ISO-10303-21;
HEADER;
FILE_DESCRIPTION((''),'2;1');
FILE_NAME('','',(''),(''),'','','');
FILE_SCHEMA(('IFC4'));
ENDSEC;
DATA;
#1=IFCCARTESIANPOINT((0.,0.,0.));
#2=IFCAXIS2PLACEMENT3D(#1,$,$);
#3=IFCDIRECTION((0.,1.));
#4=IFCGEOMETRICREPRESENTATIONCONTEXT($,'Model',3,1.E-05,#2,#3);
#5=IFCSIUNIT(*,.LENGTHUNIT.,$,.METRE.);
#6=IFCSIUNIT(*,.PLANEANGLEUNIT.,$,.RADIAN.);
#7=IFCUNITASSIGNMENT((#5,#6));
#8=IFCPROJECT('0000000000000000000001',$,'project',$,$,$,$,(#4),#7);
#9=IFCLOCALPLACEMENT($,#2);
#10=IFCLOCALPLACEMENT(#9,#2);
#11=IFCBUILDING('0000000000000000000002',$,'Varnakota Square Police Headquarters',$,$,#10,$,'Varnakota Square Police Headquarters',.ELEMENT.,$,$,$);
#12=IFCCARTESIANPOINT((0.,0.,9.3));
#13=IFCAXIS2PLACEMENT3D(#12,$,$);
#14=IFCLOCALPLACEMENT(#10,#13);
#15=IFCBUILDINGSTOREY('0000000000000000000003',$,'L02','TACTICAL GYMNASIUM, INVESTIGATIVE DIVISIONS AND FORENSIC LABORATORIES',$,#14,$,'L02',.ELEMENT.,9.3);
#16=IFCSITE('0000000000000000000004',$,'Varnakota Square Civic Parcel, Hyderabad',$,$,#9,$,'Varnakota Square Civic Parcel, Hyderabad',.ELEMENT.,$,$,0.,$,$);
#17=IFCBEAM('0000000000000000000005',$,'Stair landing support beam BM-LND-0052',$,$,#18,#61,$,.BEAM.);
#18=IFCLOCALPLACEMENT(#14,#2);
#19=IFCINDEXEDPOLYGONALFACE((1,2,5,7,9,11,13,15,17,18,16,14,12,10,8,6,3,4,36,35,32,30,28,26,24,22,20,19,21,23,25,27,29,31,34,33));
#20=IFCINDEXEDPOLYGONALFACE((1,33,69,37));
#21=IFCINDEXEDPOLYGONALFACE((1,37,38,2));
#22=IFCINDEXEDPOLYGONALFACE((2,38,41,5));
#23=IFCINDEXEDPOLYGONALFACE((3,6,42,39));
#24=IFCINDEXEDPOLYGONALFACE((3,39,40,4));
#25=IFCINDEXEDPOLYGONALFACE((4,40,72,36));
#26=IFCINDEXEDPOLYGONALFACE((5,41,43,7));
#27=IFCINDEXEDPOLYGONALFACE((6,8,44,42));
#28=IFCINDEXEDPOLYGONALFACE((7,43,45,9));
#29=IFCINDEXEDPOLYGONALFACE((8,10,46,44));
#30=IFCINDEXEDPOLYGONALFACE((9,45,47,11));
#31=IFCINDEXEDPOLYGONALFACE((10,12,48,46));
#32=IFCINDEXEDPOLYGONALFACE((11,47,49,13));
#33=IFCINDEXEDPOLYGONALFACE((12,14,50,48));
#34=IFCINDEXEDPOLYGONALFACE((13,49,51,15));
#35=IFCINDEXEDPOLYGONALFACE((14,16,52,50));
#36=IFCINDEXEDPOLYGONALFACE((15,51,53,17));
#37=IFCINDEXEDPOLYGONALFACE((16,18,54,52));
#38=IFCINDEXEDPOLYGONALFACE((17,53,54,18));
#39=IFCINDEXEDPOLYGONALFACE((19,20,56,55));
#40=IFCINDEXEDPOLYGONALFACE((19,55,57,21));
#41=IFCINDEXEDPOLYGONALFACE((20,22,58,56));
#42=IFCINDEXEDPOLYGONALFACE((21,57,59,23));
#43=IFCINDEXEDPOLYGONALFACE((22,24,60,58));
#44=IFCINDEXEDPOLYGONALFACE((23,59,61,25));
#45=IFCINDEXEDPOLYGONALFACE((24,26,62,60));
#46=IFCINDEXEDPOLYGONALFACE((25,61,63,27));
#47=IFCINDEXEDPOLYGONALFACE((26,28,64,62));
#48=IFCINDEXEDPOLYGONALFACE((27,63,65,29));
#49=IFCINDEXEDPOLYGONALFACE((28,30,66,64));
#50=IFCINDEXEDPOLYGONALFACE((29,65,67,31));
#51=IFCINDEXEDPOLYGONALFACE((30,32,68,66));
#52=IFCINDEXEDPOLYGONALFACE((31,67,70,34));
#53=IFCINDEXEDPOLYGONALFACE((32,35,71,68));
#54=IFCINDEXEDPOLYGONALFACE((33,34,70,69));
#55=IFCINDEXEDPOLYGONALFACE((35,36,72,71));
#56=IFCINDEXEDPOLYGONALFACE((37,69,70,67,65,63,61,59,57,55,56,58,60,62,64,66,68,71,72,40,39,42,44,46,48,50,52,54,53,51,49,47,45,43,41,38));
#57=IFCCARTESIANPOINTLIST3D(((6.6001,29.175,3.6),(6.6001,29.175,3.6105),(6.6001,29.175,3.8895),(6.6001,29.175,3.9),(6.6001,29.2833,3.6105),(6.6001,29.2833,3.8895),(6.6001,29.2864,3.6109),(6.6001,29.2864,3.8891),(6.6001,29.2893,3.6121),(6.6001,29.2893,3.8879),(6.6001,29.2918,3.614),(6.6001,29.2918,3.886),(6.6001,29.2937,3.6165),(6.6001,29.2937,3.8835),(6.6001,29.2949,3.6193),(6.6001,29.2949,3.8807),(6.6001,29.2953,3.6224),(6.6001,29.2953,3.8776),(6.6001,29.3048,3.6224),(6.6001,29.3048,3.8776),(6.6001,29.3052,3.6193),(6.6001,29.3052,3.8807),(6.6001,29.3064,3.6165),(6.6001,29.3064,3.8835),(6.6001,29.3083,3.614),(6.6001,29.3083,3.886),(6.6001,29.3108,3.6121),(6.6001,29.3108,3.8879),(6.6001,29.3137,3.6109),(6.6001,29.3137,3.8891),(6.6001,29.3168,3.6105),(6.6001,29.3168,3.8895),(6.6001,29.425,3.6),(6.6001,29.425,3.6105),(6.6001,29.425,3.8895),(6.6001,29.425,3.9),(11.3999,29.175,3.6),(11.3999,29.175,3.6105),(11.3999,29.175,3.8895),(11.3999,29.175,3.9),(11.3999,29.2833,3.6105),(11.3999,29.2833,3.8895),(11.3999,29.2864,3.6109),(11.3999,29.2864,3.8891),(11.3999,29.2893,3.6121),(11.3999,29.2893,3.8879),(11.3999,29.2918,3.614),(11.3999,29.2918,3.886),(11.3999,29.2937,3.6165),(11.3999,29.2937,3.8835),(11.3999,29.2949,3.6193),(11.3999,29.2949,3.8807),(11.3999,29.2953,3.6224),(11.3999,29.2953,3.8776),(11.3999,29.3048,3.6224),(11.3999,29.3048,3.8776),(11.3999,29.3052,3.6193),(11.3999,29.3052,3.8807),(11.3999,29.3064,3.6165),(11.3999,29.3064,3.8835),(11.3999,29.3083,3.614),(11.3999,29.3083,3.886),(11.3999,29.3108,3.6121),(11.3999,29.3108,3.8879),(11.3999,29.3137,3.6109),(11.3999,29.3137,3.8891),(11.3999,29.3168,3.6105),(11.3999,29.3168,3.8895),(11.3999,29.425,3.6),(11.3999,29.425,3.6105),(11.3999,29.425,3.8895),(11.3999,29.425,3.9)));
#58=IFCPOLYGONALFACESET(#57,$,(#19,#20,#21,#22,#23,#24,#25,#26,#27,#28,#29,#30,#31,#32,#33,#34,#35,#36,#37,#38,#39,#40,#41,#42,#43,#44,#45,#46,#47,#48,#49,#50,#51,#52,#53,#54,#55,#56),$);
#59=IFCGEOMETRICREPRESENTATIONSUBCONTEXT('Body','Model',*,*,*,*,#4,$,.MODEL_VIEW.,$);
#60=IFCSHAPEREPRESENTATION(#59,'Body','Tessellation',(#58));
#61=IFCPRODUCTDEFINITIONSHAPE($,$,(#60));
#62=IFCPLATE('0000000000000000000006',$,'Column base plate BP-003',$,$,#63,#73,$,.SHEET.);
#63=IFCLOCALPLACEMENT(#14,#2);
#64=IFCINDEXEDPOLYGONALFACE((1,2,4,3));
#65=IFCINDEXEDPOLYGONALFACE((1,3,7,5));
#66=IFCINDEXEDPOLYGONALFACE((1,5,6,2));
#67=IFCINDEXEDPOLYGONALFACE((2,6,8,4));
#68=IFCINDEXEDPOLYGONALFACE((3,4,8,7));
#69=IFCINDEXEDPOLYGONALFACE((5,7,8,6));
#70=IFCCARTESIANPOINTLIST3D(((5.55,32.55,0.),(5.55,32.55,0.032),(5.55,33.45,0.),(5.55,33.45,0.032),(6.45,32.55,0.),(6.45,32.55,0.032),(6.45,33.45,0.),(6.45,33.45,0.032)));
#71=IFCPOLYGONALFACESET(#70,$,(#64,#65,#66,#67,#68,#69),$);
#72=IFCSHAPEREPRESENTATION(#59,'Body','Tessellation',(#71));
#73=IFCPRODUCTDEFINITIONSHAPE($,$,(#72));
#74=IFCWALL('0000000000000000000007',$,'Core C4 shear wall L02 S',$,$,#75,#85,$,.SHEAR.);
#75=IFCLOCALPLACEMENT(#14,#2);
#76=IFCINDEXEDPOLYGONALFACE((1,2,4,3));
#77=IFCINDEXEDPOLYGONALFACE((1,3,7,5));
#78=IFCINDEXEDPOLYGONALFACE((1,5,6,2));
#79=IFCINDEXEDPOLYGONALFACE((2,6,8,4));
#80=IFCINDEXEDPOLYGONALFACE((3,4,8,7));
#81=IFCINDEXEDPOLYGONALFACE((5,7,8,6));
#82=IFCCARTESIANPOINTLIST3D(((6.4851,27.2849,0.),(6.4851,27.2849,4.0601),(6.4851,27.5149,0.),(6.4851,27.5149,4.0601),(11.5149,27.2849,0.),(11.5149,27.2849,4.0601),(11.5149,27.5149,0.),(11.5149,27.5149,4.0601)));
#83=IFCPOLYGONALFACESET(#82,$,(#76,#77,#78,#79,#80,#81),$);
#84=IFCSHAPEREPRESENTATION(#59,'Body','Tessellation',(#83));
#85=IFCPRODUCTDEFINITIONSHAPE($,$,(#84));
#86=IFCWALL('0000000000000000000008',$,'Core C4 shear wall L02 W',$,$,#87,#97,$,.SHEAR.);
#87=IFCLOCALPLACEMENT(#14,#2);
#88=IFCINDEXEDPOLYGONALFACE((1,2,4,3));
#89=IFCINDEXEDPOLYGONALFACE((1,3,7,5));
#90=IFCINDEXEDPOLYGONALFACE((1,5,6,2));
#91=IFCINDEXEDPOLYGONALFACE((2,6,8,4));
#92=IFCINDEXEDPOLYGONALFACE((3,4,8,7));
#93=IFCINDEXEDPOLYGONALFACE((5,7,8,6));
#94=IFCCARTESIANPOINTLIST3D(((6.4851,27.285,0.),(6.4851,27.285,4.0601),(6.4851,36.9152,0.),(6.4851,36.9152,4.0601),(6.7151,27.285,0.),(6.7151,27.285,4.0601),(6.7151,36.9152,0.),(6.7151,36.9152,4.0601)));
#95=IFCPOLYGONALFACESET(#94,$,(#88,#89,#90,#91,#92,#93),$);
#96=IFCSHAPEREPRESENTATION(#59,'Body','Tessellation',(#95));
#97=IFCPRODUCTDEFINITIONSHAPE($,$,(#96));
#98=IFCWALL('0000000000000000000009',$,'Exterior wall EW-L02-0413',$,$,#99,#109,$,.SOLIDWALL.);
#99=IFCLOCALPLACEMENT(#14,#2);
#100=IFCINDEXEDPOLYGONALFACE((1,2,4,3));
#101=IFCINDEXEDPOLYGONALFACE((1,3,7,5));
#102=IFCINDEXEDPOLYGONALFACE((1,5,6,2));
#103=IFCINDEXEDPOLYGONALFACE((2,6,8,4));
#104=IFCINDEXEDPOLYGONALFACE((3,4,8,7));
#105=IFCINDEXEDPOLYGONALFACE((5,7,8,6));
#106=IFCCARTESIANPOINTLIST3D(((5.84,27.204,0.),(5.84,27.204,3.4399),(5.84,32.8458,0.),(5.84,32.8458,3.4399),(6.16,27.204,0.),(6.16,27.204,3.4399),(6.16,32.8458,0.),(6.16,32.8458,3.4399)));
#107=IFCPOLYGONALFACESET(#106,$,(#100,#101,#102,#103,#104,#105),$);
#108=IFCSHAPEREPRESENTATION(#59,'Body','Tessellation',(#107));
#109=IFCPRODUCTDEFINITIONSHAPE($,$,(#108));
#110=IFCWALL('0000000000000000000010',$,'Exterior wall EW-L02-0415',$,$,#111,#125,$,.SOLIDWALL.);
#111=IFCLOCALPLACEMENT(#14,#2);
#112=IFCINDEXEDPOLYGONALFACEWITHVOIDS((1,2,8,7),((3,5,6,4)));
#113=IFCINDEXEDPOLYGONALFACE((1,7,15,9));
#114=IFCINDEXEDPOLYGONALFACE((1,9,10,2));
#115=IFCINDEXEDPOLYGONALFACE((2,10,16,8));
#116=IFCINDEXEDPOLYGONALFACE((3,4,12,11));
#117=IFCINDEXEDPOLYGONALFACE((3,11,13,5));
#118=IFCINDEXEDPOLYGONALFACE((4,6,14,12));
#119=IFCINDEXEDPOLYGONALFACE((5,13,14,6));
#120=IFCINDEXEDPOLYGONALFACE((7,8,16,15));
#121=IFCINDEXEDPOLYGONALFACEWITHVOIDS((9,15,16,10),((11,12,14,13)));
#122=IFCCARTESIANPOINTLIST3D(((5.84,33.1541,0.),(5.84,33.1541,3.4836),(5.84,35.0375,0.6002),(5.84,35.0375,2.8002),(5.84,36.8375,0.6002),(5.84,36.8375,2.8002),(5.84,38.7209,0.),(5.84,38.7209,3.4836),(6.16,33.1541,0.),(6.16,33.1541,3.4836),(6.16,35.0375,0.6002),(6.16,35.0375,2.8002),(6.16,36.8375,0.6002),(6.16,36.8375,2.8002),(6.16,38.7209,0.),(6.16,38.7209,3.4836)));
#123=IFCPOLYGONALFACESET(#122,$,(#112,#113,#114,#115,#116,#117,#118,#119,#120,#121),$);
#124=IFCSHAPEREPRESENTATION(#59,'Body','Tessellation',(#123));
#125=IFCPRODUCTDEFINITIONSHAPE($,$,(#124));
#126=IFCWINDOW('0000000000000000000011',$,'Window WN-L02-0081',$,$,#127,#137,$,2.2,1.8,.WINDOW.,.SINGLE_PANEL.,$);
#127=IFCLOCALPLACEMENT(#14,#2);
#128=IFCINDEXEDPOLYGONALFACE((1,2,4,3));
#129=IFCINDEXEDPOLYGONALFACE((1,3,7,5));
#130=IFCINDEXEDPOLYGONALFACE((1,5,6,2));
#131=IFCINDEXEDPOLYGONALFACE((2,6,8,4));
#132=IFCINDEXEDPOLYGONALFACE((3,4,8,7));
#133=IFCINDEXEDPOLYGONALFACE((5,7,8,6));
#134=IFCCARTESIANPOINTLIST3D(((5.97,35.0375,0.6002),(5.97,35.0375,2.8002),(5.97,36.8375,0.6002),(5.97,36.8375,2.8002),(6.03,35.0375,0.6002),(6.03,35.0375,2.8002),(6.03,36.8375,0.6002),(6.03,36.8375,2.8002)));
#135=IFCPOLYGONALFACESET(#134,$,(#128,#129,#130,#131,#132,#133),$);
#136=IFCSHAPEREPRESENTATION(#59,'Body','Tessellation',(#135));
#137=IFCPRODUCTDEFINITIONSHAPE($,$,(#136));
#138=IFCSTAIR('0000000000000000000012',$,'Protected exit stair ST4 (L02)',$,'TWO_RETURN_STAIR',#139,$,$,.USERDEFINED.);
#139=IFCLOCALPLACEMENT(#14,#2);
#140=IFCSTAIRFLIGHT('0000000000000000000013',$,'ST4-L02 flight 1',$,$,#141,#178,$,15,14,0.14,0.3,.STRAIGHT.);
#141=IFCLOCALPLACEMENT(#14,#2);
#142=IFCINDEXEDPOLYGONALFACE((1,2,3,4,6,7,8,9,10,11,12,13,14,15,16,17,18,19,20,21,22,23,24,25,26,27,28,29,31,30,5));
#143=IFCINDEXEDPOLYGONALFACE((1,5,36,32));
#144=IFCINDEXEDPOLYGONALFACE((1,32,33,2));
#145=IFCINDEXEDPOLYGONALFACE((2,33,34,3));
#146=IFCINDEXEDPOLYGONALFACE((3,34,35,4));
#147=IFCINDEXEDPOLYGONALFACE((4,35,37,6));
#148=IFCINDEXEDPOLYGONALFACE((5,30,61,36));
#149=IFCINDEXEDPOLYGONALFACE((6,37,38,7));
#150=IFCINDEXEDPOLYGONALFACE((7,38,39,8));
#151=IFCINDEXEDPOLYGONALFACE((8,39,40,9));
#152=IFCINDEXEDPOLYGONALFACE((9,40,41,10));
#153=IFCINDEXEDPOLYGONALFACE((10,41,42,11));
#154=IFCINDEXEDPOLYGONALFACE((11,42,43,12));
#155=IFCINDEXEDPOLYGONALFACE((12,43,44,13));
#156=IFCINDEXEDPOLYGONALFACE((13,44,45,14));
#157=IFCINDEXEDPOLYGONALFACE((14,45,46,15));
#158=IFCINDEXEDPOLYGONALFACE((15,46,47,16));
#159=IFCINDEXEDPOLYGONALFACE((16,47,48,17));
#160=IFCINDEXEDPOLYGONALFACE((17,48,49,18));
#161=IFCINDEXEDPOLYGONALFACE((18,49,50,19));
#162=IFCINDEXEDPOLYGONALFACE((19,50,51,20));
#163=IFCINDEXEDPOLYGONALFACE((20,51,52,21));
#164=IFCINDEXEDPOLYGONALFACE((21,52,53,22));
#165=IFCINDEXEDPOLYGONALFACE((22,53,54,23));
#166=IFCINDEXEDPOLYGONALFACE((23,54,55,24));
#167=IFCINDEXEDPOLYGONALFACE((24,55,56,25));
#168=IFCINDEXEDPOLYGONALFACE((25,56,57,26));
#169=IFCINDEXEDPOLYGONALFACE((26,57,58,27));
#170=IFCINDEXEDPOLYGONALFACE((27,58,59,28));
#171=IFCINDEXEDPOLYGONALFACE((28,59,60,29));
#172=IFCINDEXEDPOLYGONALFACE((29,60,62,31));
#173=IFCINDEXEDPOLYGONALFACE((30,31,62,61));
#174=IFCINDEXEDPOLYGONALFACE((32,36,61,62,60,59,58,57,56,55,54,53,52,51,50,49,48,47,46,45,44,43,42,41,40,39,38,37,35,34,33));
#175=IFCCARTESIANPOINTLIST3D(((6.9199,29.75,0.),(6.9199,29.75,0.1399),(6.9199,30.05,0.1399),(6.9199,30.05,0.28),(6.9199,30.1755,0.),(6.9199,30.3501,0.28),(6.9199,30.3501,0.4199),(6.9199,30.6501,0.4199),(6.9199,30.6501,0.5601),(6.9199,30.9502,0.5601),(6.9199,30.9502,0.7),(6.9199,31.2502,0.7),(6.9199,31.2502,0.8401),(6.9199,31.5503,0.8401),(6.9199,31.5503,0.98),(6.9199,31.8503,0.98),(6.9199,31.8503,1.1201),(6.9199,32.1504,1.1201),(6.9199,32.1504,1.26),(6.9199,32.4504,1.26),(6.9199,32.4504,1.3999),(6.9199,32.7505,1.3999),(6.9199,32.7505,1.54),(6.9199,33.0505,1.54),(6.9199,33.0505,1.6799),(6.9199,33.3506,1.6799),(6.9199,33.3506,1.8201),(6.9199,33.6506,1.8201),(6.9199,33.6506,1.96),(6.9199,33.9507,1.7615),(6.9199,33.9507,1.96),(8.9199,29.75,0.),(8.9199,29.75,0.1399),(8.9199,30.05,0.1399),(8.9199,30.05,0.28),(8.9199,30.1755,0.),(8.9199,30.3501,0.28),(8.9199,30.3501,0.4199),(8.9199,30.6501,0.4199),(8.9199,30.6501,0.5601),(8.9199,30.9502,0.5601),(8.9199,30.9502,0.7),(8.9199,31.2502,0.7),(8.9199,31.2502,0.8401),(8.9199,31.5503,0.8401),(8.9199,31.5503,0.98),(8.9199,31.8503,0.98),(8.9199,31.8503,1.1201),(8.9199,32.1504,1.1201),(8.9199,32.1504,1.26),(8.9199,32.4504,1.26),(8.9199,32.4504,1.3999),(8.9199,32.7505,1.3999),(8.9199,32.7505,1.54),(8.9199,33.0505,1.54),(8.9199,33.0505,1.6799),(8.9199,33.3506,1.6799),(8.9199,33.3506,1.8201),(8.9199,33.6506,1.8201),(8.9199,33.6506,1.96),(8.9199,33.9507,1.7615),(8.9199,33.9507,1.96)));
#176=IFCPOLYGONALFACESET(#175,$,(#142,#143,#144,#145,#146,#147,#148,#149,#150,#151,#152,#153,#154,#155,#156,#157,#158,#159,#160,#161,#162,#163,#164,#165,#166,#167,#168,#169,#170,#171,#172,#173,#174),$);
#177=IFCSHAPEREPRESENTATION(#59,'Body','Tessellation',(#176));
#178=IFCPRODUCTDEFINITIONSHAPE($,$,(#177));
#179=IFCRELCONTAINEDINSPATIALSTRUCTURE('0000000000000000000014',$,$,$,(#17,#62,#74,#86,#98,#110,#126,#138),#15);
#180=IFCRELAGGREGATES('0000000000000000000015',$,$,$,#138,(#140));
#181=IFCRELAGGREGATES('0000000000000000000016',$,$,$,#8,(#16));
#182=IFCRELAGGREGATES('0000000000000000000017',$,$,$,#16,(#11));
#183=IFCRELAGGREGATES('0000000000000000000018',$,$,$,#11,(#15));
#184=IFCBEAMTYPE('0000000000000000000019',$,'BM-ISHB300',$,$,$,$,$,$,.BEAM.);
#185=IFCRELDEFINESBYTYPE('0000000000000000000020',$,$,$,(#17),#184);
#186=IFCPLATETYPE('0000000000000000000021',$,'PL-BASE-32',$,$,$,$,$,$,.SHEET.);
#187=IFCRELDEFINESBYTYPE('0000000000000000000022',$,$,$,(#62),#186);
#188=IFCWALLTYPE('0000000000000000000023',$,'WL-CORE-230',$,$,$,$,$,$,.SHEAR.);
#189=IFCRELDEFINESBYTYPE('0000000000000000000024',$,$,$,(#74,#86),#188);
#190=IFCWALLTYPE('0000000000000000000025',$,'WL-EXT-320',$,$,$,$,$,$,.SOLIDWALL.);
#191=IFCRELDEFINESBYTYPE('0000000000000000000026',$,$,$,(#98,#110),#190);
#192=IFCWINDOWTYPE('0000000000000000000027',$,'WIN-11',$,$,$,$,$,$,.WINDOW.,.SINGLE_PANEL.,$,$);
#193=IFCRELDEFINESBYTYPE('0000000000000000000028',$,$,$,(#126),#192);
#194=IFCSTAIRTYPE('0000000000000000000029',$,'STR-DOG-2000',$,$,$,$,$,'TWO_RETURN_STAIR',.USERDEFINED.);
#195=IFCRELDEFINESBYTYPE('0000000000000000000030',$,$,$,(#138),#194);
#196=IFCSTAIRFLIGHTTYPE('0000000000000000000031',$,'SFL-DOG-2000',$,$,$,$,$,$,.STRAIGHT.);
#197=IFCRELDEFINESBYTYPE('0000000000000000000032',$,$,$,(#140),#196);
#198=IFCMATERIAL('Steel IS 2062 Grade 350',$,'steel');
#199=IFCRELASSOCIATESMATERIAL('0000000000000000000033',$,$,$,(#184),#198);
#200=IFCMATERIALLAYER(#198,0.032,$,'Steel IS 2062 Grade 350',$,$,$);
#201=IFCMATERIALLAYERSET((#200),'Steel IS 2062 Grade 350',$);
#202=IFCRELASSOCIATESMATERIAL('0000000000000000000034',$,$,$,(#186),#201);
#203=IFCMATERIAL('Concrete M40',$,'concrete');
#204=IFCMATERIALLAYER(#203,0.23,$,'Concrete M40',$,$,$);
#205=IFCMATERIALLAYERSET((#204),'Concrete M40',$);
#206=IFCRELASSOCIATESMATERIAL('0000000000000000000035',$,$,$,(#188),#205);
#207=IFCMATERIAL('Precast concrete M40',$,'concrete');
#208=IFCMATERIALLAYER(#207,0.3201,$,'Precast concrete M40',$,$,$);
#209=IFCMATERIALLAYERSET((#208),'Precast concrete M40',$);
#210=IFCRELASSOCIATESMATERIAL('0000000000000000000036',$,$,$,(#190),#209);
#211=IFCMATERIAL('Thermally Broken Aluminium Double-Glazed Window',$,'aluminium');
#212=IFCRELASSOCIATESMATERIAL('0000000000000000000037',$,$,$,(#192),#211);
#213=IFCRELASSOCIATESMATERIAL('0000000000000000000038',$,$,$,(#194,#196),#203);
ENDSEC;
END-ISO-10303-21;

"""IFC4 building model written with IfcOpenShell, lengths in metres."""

from ifc_helpers import new_model, si_unit, direction, frame, frame_2d, origin, origin_2d, place, context, subcontext, project, spatial, polyline, rectangle, i_section, outline, extrude, material, layer, layer_set, material_profile, profile_set, type_object, element, fill, aggregate, save


model = new_model("IFC4")

# Units and contexts
model_context = context("Model", 3, precision=1e-05, world=origin(), true_north=direction((0.0, 1.0)))
body_context = subcontext(model_context, "Body", "Model", "MODEL_VIEW")
ifc_project = project(units=[si_unit("LENGTHUNIT", "METRE"), si_unit("PLANEANGLEUNIT", "RADIAN")], contexts=[model_context])

# Site, building, storey
site_placement = place(None, origin())
site = spatial("IfcSite", under=ifc_project, at=site_placement, Name="Varnakota Square Civic Parcel, Hyderabad", LongName="Varnakota Square Civic Parcel, Hyderabad", CompositionType="ELEMENT", RefElevation=0.0)
building_placement = place(site_placement, origin())
building = spatial("IfcBuilding", under=site, at=building_placement, Name="Varnakota Square Police Headquarters", LongName="Varnakota Square Police Headquarters", CompositionType="ELEMENT")
storey_placement = place(building_placement, frame((0.0, 0.0, 9.3)))
storey = spatial("IfcBuildingStorey", under=building, at=storey_placement, Name="L02", Description="TACTICAL GYMNASIUM, INVESTIGATIVE DIVISIONS AND FORENSIC LABORATORIES", LongName="L02", CompositionType="ELEMENT", Elevation=9.3)

# Shared definitions
ifc_material_1 = material(Name="Steel IS 2062 Grade 350", Category="steel")

# Beam
ifc_material_profile_1 = material_profile(ifc_material_1, i_section(OverallWidth=0.25, OverallDepth=0.3, WebThickness=0.0095, FlangeThickness=0.0105, FilletRadius=0.012, at=origin_2d()), Name="ISHB 300")
ifc_profile_set_1 = profile_set([ifc_material_profile_1], Name="Steel IS 2062 Grade 350")
beam_type_1 = type_object("IfcBeamType", Name="BM-ISHB300", PredefinedType="BEAM", material=ifc_profile_set_1)
for number, where, z_axis, x_axis, name in (
    (1, (6.6001, 29.3, 3.75), (1.0, 0.0, 0.0), (0.0, 1.0, 0.0), "Stair landing support beam BM-LND-0052"),
):
    element("IfcBeam", number, at=place(storey_placement, frame(where, z_axis=z_axis, x_axis=x_axis)), inside=storey, type_object=beam_type_1, Name=name, PredefinedType="BEAM", context=body_context, shape_type="SweptSolid", body=[
        extrude(i_section(OverallWidth=0.25, OverallDepth=0.3, WebThickness=0.0095, FlangeThickness=0.0105, FilletRadius=0.012, at=origin_2d()), origin(), (0.0, 0.0, 1.0), 4.7998),
    ])

# Plate
ifc_layer_1 = layer(ifc_material_1, 0.032, Name="Steel IS 2062 Grade 350")
ifc_layer_set_1 = layer_set([ifc_layer_1], Name="Steel IS 2062 Grade 350")
plate_type = type_object("IfcPlateType", Name="PL-BASE-32", PredefinedType="SHEET", material=ifc_layer_set_1)
plate_placement = place(storey_placement, frame((6.0, 33.0, 0.0), z_axis=(0.0, 0.0, 1.0), x_axis=(1.0, 0.0, 0.0)))
element("IfcPlate", 2, at=plate_placement, inside=storey, type_object=plate_type, Name="Column base plate BP-003", PredefinedType="SHEET", context=body_context, shape_type="SweptSolid", body=[
    extrude(rectangle(XDim=0.8999, YDim=0.8999, at=origin_2d()), origin(), (0.0, 0.0, 1.0), 0.032),
])

# Walls
ifc_material_2 = material(Name="Concrete M40", Category="concrete")
ifc_layer_2 = layer(ifc_material_2, 0.23, Name="Concrete M40")
ifc_layer_set_2 = layer_set([ifc_layer_2], Name="Concrete M40")
wall_type_1 = type_object("IfcWallType", Name="WL-CORE-230", PredefinedType="SHEAR", material=ifc_layer_set_2)
wall_1_placement = place(storey_placement, frame((6.4851, 27.3999, 0.0), z_axis=(0.0, 0.0, 1.0), x_axis=(1.0, 0.0, 0.0)))
element("IfcWall", 3, at=wall_1_placement, inside=storey, type_object=wall_type_1, Name="Core C4 shear wall L02 S", PredefinedType="SHEAR", context=body_context, shape_type="SweptSolid", body=[
    extrude(rectangle(XDim=5.0298, YDim=0.23, at=frame_2d((2.5149, 0.0))), origin(), (0.0, 0.0, 1.0), 4.0601),
])
wall_2_placement = place(storey_placement, frame((6.6001, 36.915, 0.0), z_axis=(0.0, 0.0, 1.0), x_axis=(0.0, -1.0, 0.0)))
element("IfcWall", 4, at=wall_2_placement, inside=storey, type_object=wall_type_1, Name="Core C4 shear wall L02 W", PredefinedType="SHEAR", context=body_context, shape_type="SweptSolid", body=[
    extrude(rectangle(XDim=9.6301, YDim=0.23, at=frame_2d((4.8149, 0.0))), origin(), (0.0, 0.0, 1.0), 4.0601),
])
ifc_material_3 = material(Name="Precast concrete M40", Category="concrete")
ifc_layer_3 = layer(ifc_material_3, 0.3201, Name="Precast concrete M40")
ifc_layer_set_3 = layer_set([ifc_layer_3], Name="Precast concrete M40")
wall_type_2 = type_object("IfcWallType", Name="WL-EXT-320", PredefinedType="SOLIDWALL", material=ifc_layer_set_3)
wall_3_placement = place(storey_placement, frame((6.0, 27.2041, 0.0), z_axis=(0.0, 0.0, 1.0), x_axis=(0.0, 1.0, 0.0)))
element("IfcWall", 5, at=wall_3_placement, inside=storey, type_object=wall_type_2, Name="Exterior wall EW-L02-0413", PredefinedType="SOLIDWALL", context=body_context, shape_type="SweptSolid", body=[
    extrude(rectangle(XDim=5.6418, YDim=0.3201, at=frame_2d((2.8208, 0.0))), origin(), (0.0, 0.0, 1.0), 3.4399),
])

# Wall, opening, window
wall_4_placement = place(storey_placement, frame((6.0, 33.1541, 0.0), z_axis=(0.0, 0.0, 1.0), x_axis=(0.0, 1.0, 0.0)))
wall_4 = element("IfcWall", 6, at=wall_4_placement, inside=storey, type_object=wall_type_2, Name="Exterior wall EW-L02-0415", PredefinedType="SOLIDWALL", context=body_context, shape_type="SweptSolid", body=[
    extrude(rectangle(XDim=5.5669, YDim=0.3201, at=frame_2d((2.7834, 0.0))), origin(), (0.0, 0.0, 1.0), 3.4836),
])
opening_placement = place(wall_4_placement, frame((1.8835, 0.0, 0.6001)))
opening = element("IfcOpeningElement", 7, at=opening_placement, cuts=wall_4, PredefinedType="OPENING", context=body_context, shape_type="SweptSolid", body=[
    extrude(rectangle(XDim=1.8, YDim=2.2, at=frame_2d((0.8999, 1.1001))), frame((0.0, 0.1699, 0.0), z_axis=(0.0, -1.0, 0.0), x_axis=(1.0, 0.0, 0.0)), (0.0, 0.0, 1.0), 0.3401),
])
ifc_material_4 = material(Name="Thermally Broken Aluminium Double-Glazed Window", Category="aluminium")
window_type = type_object("IfcWindowType", Name="WIN-11", PartitioningType="SINGLE_PANEL", PredefinedType="WINDOW", material=ifc_material_4)
window_placement = place(opening_placement, origin())
window = element("IfcWindow", 8, at=window_placement, inside=storey, type_object=window_type, Name="Window WN-L02-0081", OverallHeight=2.2, OverallWidth=1.8, PartitioningType="SINGLE_PANEL", PredefinedType="WINDOW", context=body_context, shape_type="SweptSolid", body=[
    extrude(rectangle(XDim=1.8, YDim=2.2, at=frame_2d((0.8999, 1.1001))), frame((0.0, 0.03, 0.0), z_axis=(0.0, -1.0, 0.0), x_axis=(1.0, 0.0, 0.0)), (0.0, 0.0, 1.0), 0.0601),
])
fill(opening, window)

# Stair, stair flight
stair_type = type_object("IfcStairType", Name="STR-DOG-2000", ElementType="TWO_RETURN_STAIR", PredefinedType="USERDEFINED", material=ifc_material_2)
stair_placement = place(storey_placement, origin())
stair = element("IfcStair", 9, at=stair_placement, inside=storey, type_object=stair_type, Name="Protected exit stair ST4 (L02)", ObjectType="TWO_RETURN_STAIR", PredefinedType="USERDEFINED")
stair_flight_type = type_object("IfcStairFlightType", Name="SFL-DOG-2000", PredefinedType="STRAIGHT", material=ifc_material_2)
stair_flight_placement = place(storey_placement, frame((7.9199, 29.75, 0.0), z_axis=(0.0, 0.0, 1.0), x_axis=(0.0, 1.0, 0.0)))
stair_flight = element("IfcStairFlight", 10, at=stair_flight_placement, type_object=stair_flight_type, Name="ST4-L02 flight 1", NumberOfRisers=15, NumberOfTreads=14, PredefinedType="STRAIGHT", RiserHeight=0.14, TreadLength=0.3, context=body_context, shape_type="SweptSolid", body=[
    extrude(outline(polyline([(0.0, 0.0), (0.0, 0.1399), (0.3, 0.1399), (0.3, 0.28), (0.6001, 0.28), (0.6001, 0.4199), (0.9001, 0.4199), (0.9001, 0.5601), (1.2002, 0.5601), (1.2002, 0.7), (1.5002, 0.7), (1.5002, 0.8401), (1.8003, 0.8401), (1.8003, 0.98), (2.1003, 0.98), (2.1003, 1.1201), (2.4004, 1.1201), (2.4004, 1.26), (2.7004, 1.26), (2.7004, 1.3999), (3.0005, 1.3999), (3.0005, 1.54), (3.3005, 1.54), (3.3005, 1.6799), (3.6006, 1.6799), (3.6006, 1.8201), (3.9006, 1.8201), (3.9006, 1.96), (4.2007, 1.96), (4.2007, 2.1001), (4.2007, 1.7615), (0.4255, 0.0), (0.0, 0.0)])), frame((0.0, 1.0, 0.0), z_axis=(0.0, -1.0, 0.0), x_axis=(1.0, 0.0, 0.0)), (0.0, 0.0, 1.0), 2.0),
])
aggregate(stair, [stair_flight])

save(model, "model.ifc")
